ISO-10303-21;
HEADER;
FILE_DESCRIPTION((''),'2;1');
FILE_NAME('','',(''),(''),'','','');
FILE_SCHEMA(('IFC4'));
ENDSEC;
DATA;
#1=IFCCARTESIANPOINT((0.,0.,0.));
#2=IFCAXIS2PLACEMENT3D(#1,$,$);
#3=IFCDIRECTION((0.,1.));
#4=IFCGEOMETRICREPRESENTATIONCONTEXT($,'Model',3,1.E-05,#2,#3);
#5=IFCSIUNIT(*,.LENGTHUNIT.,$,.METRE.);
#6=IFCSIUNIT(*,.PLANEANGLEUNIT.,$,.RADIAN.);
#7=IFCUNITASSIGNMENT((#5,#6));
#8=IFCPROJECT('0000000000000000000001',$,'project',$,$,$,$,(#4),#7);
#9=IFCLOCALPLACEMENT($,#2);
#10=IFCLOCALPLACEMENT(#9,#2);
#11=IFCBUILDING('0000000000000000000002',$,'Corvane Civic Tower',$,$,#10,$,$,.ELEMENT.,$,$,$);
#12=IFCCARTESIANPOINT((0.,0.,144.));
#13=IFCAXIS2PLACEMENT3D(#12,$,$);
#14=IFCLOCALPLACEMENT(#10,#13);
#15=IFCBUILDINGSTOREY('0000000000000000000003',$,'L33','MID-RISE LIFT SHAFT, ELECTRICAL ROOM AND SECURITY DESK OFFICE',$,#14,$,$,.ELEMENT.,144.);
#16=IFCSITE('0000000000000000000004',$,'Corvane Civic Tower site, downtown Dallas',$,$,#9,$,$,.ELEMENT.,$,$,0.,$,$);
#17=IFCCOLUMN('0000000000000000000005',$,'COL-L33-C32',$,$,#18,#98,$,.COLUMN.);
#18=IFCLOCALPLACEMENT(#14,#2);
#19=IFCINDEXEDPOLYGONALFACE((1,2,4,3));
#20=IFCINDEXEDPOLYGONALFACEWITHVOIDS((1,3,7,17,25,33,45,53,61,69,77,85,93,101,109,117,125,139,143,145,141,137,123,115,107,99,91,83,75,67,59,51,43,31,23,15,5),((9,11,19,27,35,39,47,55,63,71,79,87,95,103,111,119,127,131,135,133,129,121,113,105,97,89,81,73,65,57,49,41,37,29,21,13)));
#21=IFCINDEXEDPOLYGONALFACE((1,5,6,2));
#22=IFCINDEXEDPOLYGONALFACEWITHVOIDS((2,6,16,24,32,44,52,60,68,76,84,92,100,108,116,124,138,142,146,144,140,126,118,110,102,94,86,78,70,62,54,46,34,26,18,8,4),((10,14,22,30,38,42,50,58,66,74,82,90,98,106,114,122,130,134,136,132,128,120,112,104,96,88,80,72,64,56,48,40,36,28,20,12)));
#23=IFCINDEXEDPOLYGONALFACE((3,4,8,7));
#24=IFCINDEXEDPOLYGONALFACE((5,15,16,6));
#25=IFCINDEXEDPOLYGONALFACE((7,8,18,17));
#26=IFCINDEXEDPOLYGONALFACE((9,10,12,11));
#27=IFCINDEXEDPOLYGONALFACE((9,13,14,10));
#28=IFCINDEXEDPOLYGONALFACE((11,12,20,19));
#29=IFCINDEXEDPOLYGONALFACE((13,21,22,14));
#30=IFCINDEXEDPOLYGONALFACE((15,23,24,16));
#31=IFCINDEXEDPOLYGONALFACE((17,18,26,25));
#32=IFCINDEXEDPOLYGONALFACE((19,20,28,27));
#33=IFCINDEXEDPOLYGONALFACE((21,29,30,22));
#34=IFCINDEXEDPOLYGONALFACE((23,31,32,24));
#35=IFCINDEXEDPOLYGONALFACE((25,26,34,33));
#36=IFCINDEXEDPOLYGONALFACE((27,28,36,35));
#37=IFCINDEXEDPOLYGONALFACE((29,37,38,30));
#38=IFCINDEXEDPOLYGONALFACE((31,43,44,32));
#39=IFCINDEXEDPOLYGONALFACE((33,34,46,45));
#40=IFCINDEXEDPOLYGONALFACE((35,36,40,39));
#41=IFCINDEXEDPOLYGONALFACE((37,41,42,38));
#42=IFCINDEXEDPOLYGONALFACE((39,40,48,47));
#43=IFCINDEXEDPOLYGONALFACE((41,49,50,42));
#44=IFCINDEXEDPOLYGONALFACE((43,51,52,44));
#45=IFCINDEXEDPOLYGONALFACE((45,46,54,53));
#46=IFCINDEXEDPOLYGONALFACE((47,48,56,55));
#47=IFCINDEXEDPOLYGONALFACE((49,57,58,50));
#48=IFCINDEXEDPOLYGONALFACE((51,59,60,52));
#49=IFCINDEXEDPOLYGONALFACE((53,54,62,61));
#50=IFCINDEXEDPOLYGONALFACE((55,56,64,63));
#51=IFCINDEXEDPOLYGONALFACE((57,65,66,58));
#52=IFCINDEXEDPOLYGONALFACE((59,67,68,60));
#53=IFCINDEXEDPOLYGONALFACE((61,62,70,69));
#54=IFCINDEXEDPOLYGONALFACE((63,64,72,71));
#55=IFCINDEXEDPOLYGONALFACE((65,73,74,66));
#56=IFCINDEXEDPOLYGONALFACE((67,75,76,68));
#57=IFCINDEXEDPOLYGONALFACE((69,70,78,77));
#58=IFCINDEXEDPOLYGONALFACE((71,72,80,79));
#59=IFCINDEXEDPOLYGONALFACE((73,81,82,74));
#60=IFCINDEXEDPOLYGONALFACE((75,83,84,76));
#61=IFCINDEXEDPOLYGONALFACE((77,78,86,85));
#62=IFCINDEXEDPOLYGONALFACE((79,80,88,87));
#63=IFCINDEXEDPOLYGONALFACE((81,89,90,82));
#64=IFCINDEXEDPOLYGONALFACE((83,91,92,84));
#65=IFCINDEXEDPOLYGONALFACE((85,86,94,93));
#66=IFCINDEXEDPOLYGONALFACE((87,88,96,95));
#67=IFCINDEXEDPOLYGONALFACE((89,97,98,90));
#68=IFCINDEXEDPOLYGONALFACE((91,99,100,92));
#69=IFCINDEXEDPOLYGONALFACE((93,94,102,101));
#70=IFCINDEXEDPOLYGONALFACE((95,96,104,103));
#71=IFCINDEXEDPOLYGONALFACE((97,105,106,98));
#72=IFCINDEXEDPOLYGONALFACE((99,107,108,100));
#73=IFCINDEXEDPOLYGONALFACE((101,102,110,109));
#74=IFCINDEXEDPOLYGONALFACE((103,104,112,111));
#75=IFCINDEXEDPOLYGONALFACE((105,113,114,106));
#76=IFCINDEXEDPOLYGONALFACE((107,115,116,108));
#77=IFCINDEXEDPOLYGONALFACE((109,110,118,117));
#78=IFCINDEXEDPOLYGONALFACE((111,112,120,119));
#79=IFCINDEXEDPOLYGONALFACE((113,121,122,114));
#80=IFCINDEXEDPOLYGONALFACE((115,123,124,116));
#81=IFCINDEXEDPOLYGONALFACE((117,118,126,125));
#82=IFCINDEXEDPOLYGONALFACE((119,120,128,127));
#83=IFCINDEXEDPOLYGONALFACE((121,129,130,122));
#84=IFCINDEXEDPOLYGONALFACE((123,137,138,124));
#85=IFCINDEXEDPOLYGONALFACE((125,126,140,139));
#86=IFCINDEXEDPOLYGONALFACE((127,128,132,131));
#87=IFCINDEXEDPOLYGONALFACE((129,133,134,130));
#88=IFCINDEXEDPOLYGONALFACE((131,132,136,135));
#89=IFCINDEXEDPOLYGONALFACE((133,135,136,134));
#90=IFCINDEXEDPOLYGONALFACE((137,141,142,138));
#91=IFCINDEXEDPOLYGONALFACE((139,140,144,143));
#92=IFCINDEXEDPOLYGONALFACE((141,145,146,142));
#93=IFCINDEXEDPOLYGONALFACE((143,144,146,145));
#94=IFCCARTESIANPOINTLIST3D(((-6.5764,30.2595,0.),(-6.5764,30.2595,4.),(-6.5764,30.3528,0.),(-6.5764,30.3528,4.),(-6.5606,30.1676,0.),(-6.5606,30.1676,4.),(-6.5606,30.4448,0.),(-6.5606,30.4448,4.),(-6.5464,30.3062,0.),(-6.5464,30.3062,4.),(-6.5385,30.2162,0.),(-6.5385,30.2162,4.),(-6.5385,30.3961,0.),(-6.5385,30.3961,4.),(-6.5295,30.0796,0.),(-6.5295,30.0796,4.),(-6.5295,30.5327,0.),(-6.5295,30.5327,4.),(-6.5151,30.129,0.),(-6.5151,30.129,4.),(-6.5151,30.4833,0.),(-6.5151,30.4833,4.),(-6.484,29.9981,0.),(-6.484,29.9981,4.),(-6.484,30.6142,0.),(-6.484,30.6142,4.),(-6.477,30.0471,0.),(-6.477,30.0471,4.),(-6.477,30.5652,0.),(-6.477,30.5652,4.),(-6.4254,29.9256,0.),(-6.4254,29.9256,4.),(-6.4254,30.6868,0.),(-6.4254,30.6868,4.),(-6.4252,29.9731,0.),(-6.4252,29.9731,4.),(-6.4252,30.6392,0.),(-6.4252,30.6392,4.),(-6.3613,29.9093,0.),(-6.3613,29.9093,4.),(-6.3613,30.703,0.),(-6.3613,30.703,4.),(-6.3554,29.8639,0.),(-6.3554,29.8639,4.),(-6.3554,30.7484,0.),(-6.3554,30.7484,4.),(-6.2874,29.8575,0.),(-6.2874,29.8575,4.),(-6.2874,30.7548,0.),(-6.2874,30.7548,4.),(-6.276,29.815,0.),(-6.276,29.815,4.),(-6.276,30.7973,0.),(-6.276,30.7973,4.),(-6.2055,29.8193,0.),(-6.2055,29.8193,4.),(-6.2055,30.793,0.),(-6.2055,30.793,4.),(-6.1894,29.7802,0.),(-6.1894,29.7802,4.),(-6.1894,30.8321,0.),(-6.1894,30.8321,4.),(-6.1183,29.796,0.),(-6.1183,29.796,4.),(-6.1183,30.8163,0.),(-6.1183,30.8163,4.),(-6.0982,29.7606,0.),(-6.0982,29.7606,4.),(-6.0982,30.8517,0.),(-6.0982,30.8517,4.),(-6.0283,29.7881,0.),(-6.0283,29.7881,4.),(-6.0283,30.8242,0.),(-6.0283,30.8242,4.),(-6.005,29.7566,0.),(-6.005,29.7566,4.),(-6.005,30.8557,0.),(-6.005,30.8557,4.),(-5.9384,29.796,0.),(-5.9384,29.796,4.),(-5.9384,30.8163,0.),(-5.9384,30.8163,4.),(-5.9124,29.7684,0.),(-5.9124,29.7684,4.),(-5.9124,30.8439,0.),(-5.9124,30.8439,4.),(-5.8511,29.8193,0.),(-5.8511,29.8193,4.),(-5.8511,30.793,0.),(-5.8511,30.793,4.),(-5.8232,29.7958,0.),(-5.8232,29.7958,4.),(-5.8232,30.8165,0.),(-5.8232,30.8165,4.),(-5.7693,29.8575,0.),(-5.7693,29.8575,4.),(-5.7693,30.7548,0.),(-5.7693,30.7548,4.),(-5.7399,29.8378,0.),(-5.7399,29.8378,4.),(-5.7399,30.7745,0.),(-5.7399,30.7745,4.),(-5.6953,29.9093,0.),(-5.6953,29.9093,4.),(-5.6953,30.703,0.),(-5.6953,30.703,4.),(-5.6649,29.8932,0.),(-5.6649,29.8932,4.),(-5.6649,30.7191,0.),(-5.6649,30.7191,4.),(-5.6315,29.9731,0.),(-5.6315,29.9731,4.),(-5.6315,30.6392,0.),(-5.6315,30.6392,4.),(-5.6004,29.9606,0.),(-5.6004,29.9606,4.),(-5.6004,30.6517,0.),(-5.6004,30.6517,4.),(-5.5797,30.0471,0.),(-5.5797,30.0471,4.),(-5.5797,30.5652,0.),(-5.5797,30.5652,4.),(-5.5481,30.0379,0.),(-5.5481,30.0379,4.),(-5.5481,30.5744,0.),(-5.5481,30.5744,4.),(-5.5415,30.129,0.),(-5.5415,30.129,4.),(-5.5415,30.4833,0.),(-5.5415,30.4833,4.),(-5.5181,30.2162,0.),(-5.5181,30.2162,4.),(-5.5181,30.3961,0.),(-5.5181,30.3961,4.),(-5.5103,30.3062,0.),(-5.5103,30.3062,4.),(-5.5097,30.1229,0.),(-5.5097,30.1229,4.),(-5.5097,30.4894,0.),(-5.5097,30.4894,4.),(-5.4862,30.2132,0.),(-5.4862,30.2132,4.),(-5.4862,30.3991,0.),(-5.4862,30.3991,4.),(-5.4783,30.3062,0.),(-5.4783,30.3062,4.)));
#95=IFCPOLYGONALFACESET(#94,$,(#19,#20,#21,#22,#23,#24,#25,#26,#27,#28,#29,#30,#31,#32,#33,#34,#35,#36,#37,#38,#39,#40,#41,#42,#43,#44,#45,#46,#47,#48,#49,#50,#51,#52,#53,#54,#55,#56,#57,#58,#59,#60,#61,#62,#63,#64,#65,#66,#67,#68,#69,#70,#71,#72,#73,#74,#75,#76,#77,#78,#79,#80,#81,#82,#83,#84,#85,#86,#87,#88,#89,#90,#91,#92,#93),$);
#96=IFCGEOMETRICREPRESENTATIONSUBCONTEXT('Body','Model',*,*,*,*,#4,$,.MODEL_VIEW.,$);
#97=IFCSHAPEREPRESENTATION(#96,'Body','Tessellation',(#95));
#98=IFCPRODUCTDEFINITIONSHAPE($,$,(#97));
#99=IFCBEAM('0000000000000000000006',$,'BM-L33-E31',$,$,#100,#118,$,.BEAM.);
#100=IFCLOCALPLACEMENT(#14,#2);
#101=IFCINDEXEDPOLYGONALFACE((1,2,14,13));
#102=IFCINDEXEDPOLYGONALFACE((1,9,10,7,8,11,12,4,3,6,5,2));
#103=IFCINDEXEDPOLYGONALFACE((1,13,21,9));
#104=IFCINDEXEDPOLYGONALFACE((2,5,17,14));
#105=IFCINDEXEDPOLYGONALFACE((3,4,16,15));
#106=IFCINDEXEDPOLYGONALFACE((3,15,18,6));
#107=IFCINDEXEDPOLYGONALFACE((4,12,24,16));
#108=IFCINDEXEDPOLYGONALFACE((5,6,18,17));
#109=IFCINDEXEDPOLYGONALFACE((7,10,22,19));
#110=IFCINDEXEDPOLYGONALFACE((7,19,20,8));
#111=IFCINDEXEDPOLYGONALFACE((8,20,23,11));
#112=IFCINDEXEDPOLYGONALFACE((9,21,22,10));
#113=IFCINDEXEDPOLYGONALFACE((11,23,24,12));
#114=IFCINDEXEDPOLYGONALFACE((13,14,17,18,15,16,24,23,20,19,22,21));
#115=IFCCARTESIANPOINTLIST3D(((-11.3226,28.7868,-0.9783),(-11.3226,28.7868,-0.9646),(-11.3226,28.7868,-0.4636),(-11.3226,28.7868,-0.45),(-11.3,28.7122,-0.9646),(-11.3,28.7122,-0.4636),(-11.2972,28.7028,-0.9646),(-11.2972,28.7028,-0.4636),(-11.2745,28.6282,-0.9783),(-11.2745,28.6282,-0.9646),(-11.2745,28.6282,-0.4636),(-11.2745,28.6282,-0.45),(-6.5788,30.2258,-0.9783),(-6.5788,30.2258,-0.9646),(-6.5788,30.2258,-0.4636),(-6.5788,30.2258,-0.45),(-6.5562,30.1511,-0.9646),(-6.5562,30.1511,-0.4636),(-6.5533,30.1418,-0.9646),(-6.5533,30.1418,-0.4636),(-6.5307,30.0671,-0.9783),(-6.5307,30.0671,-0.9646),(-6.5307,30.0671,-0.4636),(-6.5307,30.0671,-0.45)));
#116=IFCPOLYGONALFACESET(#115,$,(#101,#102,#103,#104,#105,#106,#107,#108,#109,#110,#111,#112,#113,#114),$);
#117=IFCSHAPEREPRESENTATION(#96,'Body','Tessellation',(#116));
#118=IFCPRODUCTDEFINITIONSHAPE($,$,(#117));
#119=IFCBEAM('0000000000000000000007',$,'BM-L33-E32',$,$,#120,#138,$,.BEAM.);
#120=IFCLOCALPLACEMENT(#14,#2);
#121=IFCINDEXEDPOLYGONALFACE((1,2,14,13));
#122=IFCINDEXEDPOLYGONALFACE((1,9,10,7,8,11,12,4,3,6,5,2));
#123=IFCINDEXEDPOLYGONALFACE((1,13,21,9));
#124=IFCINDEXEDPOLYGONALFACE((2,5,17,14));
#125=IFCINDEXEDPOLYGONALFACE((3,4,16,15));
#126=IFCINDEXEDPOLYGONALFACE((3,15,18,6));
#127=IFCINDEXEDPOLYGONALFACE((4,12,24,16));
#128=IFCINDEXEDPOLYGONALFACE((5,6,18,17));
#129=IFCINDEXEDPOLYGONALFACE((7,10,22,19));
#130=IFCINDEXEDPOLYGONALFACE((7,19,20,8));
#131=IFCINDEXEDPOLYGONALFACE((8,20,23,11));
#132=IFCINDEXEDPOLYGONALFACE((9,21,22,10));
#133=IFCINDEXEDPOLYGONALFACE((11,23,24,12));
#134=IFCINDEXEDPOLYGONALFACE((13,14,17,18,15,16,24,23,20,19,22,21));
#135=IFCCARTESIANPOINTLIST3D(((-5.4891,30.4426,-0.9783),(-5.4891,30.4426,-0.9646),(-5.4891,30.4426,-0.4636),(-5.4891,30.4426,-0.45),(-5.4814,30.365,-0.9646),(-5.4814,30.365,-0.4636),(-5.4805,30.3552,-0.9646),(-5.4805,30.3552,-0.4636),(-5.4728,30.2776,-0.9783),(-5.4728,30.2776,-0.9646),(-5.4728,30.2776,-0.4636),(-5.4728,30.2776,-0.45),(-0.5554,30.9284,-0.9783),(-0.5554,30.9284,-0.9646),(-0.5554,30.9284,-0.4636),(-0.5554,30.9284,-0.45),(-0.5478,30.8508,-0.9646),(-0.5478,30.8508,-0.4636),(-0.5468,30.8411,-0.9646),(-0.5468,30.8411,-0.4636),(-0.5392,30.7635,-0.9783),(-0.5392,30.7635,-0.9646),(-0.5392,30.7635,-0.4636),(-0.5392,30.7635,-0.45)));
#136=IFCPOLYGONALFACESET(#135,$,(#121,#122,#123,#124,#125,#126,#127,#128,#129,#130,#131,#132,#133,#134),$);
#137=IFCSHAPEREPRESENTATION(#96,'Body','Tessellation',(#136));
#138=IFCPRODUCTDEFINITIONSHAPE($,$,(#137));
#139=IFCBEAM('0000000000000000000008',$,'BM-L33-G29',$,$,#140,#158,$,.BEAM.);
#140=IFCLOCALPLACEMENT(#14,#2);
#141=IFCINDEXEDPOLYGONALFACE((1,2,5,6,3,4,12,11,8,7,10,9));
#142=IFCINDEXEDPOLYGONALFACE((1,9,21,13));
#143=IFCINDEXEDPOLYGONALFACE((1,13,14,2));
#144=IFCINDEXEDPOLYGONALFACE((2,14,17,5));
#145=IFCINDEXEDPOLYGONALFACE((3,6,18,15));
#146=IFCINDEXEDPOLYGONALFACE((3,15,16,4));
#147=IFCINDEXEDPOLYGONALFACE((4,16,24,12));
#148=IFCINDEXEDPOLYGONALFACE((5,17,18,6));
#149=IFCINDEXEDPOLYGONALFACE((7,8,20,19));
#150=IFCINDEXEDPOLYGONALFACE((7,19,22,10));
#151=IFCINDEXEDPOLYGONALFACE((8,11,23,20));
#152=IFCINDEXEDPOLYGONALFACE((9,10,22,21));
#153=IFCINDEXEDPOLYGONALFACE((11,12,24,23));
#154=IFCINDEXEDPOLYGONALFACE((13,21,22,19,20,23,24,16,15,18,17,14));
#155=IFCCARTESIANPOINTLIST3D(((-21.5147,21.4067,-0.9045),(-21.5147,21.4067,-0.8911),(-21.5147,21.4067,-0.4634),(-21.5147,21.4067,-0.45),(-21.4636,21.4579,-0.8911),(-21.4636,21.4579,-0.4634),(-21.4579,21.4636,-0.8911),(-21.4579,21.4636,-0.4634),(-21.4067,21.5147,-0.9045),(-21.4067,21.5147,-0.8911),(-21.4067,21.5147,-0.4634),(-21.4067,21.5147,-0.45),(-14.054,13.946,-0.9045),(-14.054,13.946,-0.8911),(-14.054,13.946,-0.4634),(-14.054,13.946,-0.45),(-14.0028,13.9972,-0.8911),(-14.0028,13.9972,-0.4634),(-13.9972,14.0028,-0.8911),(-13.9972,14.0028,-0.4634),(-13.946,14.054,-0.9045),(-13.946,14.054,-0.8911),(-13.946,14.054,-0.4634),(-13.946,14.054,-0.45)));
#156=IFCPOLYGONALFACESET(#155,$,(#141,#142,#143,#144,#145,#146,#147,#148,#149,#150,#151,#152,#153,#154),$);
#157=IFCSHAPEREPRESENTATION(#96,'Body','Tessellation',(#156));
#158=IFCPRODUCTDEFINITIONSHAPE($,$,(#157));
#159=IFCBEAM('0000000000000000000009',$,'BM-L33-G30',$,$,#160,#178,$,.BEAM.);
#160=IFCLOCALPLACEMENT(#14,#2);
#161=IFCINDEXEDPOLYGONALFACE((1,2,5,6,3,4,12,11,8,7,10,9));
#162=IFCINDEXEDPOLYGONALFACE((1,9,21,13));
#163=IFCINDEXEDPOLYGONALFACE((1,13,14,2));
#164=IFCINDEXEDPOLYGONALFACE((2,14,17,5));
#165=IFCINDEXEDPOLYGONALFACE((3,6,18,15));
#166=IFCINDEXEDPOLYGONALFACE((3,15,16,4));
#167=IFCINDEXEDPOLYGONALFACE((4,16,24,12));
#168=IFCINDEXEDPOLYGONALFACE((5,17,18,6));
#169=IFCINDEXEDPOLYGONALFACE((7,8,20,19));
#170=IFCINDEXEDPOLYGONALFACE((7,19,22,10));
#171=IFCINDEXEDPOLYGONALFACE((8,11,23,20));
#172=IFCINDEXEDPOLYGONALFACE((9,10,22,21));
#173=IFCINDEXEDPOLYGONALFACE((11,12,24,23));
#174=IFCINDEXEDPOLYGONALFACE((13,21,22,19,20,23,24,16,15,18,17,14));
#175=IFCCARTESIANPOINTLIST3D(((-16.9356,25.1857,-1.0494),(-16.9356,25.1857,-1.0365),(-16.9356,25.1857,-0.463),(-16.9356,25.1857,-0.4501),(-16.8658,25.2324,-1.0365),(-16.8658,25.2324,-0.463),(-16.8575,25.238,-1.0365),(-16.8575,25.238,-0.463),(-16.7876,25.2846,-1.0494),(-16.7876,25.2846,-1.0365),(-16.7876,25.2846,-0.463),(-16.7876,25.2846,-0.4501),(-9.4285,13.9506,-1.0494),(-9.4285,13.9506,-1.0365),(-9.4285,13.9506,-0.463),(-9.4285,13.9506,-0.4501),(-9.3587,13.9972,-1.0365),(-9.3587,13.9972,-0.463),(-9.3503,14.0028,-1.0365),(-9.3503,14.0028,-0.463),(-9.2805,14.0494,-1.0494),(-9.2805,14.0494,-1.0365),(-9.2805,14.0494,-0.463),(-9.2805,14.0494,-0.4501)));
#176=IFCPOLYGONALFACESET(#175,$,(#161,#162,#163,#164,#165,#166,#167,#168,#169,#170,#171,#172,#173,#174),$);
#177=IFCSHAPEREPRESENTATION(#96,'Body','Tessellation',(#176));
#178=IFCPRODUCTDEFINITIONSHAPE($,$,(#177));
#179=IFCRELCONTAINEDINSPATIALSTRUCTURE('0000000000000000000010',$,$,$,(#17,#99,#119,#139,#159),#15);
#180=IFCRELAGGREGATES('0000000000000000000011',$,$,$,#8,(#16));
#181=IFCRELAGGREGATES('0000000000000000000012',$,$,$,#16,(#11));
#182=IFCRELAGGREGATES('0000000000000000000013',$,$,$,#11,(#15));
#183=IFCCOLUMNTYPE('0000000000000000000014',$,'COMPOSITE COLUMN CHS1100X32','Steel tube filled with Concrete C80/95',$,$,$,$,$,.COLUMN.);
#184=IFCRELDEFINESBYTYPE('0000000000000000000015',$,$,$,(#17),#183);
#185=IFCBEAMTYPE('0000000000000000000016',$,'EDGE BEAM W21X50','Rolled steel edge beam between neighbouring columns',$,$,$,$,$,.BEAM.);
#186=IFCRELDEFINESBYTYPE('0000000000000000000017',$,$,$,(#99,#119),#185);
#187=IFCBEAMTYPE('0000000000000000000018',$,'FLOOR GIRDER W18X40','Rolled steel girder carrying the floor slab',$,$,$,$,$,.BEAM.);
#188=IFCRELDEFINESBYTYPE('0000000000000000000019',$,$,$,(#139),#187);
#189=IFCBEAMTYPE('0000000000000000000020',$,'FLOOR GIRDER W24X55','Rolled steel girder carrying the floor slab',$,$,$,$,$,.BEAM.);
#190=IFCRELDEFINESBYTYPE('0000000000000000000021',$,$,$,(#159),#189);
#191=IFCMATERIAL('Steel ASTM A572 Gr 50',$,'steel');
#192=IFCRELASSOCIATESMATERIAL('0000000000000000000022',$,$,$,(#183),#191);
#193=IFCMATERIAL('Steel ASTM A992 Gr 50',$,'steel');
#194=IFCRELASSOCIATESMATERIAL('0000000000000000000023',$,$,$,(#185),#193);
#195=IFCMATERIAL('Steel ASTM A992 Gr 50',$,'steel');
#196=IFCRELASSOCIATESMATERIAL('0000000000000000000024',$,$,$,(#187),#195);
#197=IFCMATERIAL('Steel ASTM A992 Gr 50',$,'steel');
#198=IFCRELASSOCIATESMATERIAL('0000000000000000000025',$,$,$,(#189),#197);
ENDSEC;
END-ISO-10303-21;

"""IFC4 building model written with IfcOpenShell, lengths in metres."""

from ifc_helpers import new_model, si_unit, direction, frame, origin, origin_2d, place, context, subcontext, project, spatial, hollow_circle, i_section, extrude, material, material_profile, profile_set, type_object, element, save


model = new_model("IFC4")

# Units and contexts
model_context = context("Model", 3, precision=1e-05, world=origin(), true_north=direction((0.0, 1.0)))
body_context = subcontext(model_context, "Body", "Model", "MODEL_VIEW")
ifc_project = project(units=[si_unit("LENGTHUNIT", "METRE"), si_unit("PLANEANGLEUNIT", "RADIAN")], contexts=[model_context])

# Site, building, storey
site_placement = place(None, origin())
site = spatial("IfcSite", under=ifc_project, at=site_placement, Name="Corvane Civic Tower site, downtown Dallas", CompositionType="ELEMENT", RefElevation=0.0)
building_placement = place(site_placement, origin())
building = spatial("IfcBuilding", under=site, at=building_placement, Name="Corvane Civic Tower", CompositionType="ELEMENT")
storey_placement = place(building_placement, frame((0.0, 0.0, 144.0)))
storey = spatial("IfcBuildingStorey", under=building, at=storey_placement, Name="L33", Description="MID-RISE LIFT SHAFT, ELECTRICAL ROOM AND SECURITY DESK OFFICE", CompositionType="ELEMENT", Elevation=144.0)

# Column
ifc_material_1 = material(Name="Steel ASTM A572 Gr 50", Category="steel")
ifc_material_profile_1 = material_profile(ifc_material_1, hollow_circle(Radius=0.55, WallThickness=0.032, at=origin_2d()), Name="CHS1100X32")
ifc_profile_set_1 = profile_set([ifc_material_profile_1], Name="Steel ASTM A572 Gr 50")
column_type = type_object("IfcColumnType", Name="COMPOSITE COLUMN CHS1100X32", Description="Steel tube filled with Concrete C80/95", PredefinedType="COLUMN", material=ifc_profile_set_1)
for number, where, z_axis, x_axis, name in (
    (1, (-6.0283, 30.3062, 0.0), (0.0, 0.0, 1.0), (1.0, 0.0, 0.0), "COL-L33-C32"),
):
    element("IfcColumn", number, at=place(storey_placement, frame(where, z_axis=z_axis, x_axis=x_axis)), inside=storey, type_object=column_type, Name=name, PredefinedType="COLUMN", context=body_context, shape_type="SweptSolid", body=[
        extrude(hollow_circle(Radius=0.55, WallThickness=0.032, at=origin_2d()), origin(), (0.0, 0.0, 1.0), 4.0),
    ])

# Beams
ifc_material_2 = material(Name="Steel ASTM A992 Gr 50", Category="steel")
ifc_material_profile_2 = material_profile(ifc_material_2, i_section(OverallWidth=0.1658, OverallDepth=0.5283, WebThickness=0.0098, FlangeThickness=0.0137, at=origin_2d()), Name="W21X50")
ifc_profile_set_2 = profile_set([ifc_material_profile_2], Name="Steel ASTM A992 Gr 50")
beam_type_1 = type_object("IfcBeamType", Name="EDGE BEAM W21X50", Description="Rolled steel edge beam between neighbouring columns", PredefinedType="BEAM", material=ifc_profile_set_2)
beam_1_placement = place(storey_placement, frame((-11.2986, 28.7075, -0.7141), z_axis=(0.956945, 0.29027, 0.0), x_axis=(-0.29027, 0.956945, 0.0)))
element("IfcBeam", 2, at=beam_1_placement, inside=storey, type_object=beam_type_1, Name="BM-L33-E31", PredefinedType="BEAM", context=body_context, shape_type="SweptSolid", body=[
    extrude(i_section(OverallWidth=0.1658, OverallDepth=0.5283, WebThickness=0.0098, FlangeThickness=0.0137, at=origin_2d()), origin(), (0.0, 0.0, 1.0), 4.9573),
])
beam_2_placement = place(storey_placement, frame((-5.481, 30.3601, -0.7141), z_axis=(0.995186, 0.098002, 0.0), x_axis=(-0.098002, 0.995186, 0.0)))
element("IfcBeam", 3, at=beam_2_placement, inside=storey, type_object=beam_type_1, Name="BM-L33-E32", PredefinedType="BEAM", context=body_context, shape_type="SweptSolid", body=[
    extrude(i_section(OverallWidth=0.1658, OverallDepth=0.5283, WebThickness=0.0098, FlangeThickness=0.0137, at=origin_2d()), origin(), (0.0, 0.0, 1.0), 4.9575),
])
ifc_material_3 = material(Name="Steel ASTM A992 Gr 50", Category="steel")
ifc_material_profile_3 = material_profile(ifc_material_3, i_section(OverallWidth=0.1528, OverallDepth=0.4546, WebThickness=0.0081, FlangeThickness=0.0134, at=origin_2d()), Name="W18X40")
ifc_profile_set_3 = profile_set([ifc_material_profile_3], Name="Steel ASTM A992 Gr 50")
beam_type_2 = type_object("IfcBeamType", Name="FLOOR GIRDER W18X40", Description="Rolled steel girder carrying the floor slab", PredefinedType="BEAM", material=ifc_profile_set_3)
beam_3_placement = place(storey_placement, frame((-14.0, 14.0, -0.6772), z_axis=(-0.707107, 0.707107, 0.0), x_axis=(-0.707107, -0.707107, 0.0)))
element("IfcBeam", 4, at=beam_3_placement, inside=storey, type_object=beam_type_2, Name="BM-L33-G29", PredefinedType="BEAM", context=body_context, shape_type="SweptSolid", body=[
    extrude(i_section(OverallWidth=0.1528, OverallDepth=0.4546, WebThickness=0.0081, FlangeThickness=0.0134, at=origin_2d()), origin(), (0.0, 0.0, 1.0), 10.551),
])
ifc_material_4 = material(Name="Steel ASTM A992 Gr 50", Category="steel")
ifc_material_profile_4 = material_profile(ifc_material_4, i_section(OverallWidth=0.178, OverallDepth=0.5994, WebThickness=0.01, FlangeThickness=0.0129, at=origin_2d()), Name="W24X55")
ifc_profile_set_4 = profile_set([ifc_material_profile_4], Name="Steel ASTM A992 Gr 50")
beam_type_3 = type_object("IfcBeamType", Name="FLOOR GIRDER W24X55", Description="Rolled steel girder carrying the floor slab", PredefinedType="BEAM", material=ifc_profile_set_4)
beam_4_placement = place(storey_placement, frame((-9.3545, 14.0, -0.7498), z_axis=(-0.555571, 0.831469, 0.0), x_axis=(-0.831469, -0.555571, 0.0)))
element("IfcBeam", 5, at=beam_4_placement, inside=storey, type_object=beam_type_3, Name="BM-L33-G30", PredefinedType="BEAM", context=body_context, shape_type="SweptSolid", body=[
    extrude(i_section(OverallWidth=0.178, OverallDepth=0.5994, WebThickness=0.01, FlangeThickness=0.0129, at=origin_2d()), origin(), (0.0, 0.0, 1.0), 13.5125),
])

save(model, "model.ifc")
